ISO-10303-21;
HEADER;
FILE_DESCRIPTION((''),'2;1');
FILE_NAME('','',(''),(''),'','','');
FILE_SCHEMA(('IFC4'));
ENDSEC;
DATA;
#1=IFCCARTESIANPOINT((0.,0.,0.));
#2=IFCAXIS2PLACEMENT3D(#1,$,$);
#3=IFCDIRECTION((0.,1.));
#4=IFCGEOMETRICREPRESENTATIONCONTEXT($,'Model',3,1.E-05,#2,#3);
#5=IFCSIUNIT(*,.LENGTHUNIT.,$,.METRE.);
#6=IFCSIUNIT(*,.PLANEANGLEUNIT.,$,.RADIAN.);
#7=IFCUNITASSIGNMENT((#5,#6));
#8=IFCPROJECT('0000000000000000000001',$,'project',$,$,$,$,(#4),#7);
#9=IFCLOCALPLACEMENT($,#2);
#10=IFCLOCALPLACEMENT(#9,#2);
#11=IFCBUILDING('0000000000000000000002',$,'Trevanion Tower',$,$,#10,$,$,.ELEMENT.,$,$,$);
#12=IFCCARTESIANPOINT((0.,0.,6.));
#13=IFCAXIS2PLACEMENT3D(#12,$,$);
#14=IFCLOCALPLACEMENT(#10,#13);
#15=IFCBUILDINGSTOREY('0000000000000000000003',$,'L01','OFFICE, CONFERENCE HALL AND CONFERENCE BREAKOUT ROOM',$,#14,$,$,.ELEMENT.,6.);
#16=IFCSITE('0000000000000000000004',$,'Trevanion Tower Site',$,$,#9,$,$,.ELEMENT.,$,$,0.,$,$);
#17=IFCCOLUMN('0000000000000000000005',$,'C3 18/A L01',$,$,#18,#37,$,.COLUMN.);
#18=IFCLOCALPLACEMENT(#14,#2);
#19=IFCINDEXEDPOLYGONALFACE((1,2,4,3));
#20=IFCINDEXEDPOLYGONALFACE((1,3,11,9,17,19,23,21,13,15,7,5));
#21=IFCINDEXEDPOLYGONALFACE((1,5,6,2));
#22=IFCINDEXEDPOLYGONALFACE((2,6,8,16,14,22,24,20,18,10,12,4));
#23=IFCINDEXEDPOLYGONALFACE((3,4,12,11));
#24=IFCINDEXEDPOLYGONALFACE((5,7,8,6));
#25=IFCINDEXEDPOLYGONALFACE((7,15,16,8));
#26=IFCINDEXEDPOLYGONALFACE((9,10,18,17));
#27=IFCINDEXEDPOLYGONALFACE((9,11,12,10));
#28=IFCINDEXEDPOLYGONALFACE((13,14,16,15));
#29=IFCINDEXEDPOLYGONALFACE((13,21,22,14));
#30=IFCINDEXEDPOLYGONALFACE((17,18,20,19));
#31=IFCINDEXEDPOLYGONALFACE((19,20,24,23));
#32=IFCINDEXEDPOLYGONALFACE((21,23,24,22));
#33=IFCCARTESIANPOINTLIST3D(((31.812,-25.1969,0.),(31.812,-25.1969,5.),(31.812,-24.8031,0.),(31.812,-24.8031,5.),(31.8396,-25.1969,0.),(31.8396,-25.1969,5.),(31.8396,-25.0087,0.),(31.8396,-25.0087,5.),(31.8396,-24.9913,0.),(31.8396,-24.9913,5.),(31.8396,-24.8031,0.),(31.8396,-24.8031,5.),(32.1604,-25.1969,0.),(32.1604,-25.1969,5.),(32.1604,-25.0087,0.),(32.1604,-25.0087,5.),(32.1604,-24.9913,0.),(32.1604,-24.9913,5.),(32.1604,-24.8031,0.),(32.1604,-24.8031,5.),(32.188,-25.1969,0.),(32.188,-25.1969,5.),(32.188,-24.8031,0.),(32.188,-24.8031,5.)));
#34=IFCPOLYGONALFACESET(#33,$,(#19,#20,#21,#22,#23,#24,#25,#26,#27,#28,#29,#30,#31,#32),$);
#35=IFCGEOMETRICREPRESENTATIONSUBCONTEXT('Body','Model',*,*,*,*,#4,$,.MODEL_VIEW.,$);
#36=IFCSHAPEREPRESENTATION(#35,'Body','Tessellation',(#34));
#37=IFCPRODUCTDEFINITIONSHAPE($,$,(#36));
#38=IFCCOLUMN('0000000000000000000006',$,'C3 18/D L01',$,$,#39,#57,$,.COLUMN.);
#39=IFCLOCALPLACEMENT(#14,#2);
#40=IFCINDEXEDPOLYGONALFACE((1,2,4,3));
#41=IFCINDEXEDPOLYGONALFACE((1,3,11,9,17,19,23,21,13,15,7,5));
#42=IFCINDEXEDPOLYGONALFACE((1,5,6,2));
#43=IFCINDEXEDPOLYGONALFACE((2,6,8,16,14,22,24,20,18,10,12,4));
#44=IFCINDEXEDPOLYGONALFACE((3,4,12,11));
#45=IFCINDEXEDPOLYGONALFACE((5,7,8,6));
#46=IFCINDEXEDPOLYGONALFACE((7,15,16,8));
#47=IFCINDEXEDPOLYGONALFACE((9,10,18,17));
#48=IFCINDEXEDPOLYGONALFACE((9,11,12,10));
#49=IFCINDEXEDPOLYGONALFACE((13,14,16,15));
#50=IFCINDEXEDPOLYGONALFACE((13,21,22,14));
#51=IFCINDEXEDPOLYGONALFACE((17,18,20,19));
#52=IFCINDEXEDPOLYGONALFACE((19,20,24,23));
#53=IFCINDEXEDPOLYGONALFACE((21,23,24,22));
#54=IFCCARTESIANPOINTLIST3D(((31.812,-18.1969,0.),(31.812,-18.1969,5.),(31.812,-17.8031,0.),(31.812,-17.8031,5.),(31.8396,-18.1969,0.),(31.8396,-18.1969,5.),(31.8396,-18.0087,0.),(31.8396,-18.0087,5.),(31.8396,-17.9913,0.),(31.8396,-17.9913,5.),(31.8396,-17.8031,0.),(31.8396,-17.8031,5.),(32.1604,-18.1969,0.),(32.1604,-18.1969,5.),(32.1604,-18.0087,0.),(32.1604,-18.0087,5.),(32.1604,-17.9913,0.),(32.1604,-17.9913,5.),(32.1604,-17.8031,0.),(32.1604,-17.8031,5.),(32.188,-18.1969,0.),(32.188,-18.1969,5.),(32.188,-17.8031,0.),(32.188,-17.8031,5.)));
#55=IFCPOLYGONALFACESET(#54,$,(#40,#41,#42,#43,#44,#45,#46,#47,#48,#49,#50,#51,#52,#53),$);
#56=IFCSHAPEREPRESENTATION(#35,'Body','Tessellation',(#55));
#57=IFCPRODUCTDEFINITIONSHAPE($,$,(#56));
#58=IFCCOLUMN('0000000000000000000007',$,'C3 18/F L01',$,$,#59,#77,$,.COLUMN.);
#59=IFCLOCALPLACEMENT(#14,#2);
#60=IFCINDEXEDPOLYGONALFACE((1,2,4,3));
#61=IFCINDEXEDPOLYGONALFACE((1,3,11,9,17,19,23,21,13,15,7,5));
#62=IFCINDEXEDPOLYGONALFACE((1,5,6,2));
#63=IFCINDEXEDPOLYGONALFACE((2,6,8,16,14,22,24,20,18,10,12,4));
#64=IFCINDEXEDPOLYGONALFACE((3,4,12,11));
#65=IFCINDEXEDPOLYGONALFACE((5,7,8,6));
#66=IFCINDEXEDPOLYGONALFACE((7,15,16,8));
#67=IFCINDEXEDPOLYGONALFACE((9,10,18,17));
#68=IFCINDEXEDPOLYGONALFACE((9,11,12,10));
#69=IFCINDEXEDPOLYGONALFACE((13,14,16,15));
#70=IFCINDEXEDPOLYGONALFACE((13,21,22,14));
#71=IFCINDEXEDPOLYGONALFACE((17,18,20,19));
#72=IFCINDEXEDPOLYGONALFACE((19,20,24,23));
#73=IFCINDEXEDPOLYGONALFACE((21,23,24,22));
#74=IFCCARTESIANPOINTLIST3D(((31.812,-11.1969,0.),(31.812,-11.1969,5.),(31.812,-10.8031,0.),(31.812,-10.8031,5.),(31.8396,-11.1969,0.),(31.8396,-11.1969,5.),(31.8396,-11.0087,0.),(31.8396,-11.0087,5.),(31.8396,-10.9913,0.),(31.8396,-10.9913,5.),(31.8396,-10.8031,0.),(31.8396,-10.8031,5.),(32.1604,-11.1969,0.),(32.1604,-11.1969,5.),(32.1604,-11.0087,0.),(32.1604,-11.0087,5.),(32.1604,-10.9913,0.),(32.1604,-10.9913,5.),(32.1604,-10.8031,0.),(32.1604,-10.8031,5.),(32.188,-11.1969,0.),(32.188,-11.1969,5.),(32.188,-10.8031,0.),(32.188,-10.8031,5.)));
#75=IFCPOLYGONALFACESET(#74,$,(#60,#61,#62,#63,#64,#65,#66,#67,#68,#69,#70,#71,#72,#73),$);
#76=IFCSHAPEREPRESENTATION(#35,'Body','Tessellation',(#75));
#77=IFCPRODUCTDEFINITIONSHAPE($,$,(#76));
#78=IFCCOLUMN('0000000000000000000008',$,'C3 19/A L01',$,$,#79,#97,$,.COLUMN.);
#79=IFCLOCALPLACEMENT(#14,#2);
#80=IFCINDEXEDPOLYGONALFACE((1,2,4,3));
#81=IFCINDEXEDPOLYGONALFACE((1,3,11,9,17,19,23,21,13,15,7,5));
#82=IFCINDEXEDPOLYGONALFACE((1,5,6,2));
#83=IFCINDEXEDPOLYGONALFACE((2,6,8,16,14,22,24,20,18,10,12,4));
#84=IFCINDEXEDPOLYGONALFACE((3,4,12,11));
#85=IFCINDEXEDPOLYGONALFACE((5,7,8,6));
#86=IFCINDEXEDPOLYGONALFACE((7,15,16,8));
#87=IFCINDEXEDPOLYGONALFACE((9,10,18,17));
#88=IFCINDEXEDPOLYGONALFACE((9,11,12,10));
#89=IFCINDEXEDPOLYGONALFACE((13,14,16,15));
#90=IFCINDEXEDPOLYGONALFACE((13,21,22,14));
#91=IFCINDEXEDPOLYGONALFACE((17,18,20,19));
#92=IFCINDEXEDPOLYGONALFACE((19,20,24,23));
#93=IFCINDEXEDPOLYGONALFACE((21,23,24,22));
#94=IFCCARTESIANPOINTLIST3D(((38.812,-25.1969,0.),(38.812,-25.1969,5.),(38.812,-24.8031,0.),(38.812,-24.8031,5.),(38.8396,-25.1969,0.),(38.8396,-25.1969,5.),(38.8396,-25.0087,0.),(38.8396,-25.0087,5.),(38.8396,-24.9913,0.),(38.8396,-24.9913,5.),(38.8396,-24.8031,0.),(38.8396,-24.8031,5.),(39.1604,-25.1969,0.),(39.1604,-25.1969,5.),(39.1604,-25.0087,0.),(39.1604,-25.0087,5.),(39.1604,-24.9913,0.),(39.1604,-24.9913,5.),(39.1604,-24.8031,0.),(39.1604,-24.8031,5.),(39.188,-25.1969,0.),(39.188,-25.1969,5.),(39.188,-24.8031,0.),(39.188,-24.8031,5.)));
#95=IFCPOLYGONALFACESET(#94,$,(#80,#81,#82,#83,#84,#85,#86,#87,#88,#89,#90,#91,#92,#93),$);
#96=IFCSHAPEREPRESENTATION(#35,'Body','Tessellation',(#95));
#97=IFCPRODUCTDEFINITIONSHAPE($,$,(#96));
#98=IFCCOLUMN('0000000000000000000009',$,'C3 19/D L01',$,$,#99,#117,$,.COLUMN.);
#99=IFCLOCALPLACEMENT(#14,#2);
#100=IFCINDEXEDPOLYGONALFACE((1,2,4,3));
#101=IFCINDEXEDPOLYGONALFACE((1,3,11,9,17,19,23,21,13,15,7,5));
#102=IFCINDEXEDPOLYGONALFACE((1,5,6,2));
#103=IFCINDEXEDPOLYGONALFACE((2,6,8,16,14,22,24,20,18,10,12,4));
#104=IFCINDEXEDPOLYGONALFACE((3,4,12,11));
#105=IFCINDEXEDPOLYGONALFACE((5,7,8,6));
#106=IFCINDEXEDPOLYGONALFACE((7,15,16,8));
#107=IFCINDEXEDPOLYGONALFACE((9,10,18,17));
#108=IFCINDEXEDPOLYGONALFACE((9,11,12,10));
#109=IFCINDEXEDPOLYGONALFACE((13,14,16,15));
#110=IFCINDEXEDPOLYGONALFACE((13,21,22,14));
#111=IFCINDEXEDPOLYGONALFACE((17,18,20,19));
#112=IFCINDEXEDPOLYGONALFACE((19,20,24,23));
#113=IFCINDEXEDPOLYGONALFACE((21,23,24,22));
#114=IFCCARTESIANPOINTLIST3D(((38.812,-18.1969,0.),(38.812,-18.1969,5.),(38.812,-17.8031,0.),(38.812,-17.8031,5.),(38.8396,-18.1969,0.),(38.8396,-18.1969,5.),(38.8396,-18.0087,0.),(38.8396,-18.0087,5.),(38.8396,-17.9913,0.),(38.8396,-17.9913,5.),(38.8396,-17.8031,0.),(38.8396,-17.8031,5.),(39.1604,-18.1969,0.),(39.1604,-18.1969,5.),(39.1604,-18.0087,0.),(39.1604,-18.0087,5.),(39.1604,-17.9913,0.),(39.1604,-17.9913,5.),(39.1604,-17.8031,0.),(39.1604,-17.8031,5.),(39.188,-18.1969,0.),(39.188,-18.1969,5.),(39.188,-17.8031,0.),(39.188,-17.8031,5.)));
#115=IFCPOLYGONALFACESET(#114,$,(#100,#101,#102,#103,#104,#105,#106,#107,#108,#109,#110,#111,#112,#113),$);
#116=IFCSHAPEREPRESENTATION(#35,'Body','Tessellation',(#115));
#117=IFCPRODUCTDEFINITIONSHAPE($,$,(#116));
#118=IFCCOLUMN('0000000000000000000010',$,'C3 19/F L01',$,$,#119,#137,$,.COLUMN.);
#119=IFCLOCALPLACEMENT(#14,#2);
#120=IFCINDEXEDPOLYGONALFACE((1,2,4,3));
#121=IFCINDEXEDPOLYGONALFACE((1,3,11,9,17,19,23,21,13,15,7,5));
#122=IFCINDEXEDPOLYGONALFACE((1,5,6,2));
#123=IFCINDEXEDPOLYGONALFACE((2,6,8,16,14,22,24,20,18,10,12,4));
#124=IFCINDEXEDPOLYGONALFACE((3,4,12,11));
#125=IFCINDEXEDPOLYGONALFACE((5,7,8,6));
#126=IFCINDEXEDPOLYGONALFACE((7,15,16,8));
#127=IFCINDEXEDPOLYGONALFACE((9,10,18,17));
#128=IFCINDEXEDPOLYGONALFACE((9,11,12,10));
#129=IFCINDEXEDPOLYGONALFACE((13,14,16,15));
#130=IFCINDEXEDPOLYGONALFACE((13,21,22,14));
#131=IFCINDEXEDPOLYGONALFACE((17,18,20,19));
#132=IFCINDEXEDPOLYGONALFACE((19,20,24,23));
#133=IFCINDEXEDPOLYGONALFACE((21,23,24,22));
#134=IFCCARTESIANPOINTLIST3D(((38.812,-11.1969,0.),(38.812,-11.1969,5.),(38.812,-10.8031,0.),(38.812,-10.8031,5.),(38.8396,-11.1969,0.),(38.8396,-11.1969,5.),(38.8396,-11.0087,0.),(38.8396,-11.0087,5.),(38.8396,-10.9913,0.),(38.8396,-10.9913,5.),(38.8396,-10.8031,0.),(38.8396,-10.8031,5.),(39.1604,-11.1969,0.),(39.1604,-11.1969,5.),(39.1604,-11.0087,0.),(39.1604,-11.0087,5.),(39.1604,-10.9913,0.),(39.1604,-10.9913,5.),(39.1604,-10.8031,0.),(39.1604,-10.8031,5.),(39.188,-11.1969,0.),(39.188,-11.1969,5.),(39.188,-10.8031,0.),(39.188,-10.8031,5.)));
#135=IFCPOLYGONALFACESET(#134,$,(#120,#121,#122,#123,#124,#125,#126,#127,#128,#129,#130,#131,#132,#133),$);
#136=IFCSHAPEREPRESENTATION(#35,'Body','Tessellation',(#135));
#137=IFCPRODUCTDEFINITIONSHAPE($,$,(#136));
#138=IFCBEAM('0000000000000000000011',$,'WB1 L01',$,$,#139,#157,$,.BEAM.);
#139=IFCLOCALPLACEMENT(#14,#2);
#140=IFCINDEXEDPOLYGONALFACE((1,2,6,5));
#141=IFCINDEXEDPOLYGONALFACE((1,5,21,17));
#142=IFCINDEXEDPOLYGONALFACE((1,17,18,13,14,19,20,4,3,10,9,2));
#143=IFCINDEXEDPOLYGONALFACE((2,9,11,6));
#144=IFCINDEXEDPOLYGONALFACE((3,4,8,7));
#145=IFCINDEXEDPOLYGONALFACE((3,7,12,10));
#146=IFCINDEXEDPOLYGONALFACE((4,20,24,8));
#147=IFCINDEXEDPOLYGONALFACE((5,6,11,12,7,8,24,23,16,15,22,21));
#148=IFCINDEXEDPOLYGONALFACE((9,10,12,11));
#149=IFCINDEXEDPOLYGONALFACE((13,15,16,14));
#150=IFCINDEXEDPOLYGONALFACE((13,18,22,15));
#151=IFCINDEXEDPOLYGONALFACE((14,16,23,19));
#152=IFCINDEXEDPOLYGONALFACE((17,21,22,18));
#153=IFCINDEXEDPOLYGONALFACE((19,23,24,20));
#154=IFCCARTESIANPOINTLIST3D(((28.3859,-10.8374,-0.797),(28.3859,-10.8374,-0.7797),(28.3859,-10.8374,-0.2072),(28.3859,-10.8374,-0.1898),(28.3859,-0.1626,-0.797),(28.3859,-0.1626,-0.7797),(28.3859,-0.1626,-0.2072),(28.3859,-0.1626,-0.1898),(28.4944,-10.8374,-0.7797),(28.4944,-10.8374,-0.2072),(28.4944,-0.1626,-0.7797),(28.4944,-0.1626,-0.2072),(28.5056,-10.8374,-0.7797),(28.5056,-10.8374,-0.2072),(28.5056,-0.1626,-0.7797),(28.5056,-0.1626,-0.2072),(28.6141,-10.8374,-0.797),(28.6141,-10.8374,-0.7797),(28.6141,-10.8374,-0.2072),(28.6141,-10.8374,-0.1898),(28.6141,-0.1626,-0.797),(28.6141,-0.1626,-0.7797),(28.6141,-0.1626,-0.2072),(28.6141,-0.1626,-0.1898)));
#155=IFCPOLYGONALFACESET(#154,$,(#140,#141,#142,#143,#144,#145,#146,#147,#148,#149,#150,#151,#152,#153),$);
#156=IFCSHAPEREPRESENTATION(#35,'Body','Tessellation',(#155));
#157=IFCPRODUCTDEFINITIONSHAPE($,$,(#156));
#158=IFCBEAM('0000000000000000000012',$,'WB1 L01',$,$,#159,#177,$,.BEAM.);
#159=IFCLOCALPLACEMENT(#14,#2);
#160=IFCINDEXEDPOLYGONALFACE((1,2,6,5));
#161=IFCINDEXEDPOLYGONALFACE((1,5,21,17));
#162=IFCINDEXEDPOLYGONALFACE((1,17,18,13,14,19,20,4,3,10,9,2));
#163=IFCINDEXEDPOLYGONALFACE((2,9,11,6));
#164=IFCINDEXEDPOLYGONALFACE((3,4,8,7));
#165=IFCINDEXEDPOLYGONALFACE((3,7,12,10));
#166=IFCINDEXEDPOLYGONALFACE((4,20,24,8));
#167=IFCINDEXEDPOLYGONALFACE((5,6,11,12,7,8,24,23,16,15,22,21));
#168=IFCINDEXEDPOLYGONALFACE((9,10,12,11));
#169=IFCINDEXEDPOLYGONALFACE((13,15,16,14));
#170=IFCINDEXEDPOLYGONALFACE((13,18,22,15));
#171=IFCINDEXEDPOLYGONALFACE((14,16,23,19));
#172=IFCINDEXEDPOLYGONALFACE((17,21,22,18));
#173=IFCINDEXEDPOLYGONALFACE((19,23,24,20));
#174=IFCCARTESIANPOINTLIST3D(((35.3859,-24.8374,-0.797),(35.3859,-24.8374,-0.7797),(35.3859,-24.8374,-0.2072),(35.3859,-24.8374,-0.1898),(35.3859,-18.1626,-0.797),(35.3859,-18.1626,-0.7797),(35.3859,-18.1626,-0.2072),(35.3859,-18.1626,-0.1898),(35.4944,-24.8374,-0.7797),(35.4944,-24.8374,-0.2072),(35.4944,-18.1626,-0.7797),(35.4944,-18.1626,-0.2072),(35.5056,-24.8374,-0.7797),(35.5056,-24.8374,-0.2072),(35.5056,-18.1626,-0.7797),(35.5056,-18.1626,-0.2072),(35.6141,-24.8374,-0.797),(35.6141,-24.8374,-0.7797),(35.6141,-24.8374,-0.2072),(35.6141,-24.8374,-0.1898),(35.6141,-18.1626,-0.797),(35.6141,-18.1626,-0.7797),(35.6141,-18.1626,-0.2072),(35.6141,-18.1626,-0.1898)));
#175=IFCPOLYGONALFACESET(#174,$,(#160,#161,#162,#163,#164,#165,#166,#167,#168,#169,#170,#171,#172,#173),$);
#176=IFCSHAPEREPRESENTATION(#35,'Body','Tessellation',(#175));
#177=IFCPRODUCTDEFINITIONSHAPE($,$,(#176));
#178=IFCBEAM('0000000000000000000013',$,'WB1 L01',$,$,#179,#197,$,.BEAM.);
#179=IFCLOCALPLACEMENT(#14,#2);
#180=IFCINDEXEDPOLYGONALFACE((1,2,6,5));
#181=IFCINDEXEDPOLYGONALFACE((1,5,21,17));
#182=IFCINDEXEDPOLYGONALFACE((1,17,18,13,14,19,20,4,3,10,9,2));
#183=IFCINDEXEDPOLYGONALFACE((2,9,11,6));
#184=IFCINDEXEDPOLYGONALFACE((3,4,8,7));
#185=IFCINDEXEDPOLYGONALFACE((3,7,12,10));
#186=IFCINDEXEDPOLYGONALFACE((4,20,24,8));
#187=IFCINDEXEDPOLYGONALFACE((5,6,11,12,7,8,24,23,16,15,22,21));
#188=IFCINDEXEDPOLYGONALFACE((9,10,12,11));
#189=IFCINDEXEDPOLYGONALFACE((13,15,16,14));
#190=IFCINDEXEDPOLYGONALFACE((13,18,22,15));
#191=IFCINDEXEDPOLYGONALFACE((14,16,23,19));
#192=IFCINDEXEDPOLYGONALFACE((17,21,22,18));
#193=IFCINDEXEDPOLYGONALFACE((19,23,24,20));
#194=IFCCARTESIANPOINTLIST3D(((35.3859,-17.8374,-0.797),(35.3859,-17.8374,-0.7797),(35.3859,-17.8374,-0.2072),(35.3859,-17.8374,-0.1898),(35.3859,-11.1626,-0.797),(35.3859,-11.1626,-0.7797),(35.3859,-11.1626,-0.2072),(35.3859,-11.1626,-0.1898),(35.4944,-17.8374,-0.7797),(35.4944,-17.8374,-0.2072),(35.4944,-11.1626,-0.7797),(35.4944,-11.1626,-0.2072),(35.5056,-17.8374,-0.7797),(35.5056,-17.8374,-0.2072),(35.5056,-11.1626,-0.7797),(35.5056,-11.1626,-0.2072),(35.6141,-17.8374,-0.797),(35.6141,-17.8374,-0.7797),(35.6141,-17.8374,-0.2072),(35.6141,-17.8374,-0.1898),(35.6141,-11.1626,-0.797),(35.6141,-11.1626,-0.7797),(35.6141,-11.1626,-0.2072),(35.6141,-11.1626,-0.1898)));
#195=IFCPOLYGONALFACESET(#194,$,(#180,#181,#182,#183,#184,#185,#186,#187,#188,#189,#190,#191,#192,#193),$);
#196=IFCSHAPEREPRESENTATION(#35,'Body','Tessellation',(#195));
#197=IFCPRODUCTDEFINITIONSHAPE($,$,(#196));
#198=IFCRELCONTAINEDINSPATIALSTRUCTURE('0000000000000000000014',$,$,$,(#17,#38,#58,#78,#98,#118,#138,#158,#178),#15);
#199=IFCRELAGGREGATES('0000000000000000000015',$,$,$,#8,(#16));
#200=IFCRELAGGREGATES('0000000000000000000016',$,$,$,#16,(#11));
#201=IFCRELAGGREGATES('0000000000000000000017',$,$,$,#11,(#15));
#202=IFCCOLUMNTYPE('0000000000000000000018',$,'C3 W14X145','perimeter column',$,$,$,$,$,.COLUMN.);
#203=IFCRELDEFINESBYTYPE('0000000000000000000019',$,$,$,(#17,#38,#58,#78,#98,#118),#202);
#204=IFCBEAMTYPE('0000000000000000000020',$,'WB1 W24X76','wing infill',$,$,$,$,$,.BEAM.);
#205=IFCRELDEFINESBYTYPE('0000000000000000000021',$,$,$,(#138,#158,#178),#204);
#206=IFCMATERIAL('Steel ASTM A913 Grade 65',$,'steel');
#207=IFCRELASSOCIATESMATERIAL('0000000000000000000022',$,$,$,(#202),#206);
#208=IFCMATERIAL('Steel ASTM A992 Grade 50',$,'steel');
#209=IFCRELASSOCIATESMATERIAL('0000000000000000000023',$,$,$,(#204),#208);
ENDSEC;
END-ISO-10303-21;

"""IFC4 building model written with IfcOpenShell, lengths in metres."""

from ifc_helpers import new_model, si_unit, direction, frame, origin, origin_2d, place, context, subcontext, project, spatial, i_section, extrude, material, material_profile, profile_set, type_object, element, save


model = new_model("IFC4")

# Units and contexts
model_context = context("Model", 3, precision=1e-05, world=origin(), true_north=direction((0.0, 1.0)))
body_context = subcontext(model_context, "Body", "Model", "MODEL_VIEW")
ifc_project = project(units=[si_unit("LENGTHUNIT", "METRE"), si_unit("PLANEANGLEUNIT", "RADIAN")], contexts=[model_context])

# Site, building, storey
site_placement = place(None, origin())
site = spatial("IfcSite", under=ifc_project, at=site_placement, Name="Trevanion Tower Site", CompositionType="ELEMENT", RefElevation=0.0)
building_placement = place(site_placement, origin())
building = spatial("IfcBuilding", under=site, at=building_placement, Name="Trevanion Tower", CompositionType="ELEMENT")
storey_placement = place(building_placement, frame((0.0, 0.0, 6.0)))
storey = spatial("IfcBuildingStorey", under=building, at=storey_placement, Name="L01", Description="OFFICE, CONFERENCE HALL AND CONFERENCE BREAKOUT ROOM", CompositionType="ELEMENT", Elevation=6.0)

# Columns
ifc_material_1 = material(Name="Steel ASTM A913 Grade 65", Category="steel")
ifc_material_profile_1 = material_profile(ifc_material_1, i_section(OverallWidth=0.3938, OverallDepth=0.376, WebThickness=0.0173, FlangeThickness=0.0276, at=origin_2d()), Name="W14X145")
ifc_profile_set_1 = profile_set([ifc_material_profile_1], Name="Steel ASTM A913 Grade 65")
column_type = type_object("IfcColumnType", Name="C3 W14X145", Description="perimeter column", PredefinedType="COLUMN", material=ifc_profile_set_1)
for number, where, z_axis, x_axis, name in (
    (1, (32.0, -25.0, 0.0), (0.0, 0.0, 1.0), (0.0, 1.0, 0.0), "C3 18/A L01"),
    (2, (32.0, -18.0, 0.0), (0.0, 0.0, 1.0), (0.0, 1.0, 0.0), "C3 18/D L01"),
    (3, (32.0, -11.0, 0.0), (0.0, 0.0, 1.0), (0.0, 1.0, 0.0), "C3 18/F L01"),
    (4, (39.0, -25.0, 0.0), (0.0, 0.0, 1.0), (0.0, 1.0, 0.0), "C3 19/A L01"),
    (5, (39.0, -18.0, 0.0), (0.0, 0.0, 1.0), (0.0, 1.0, 0.0), "C3 19/D L01"),
    (6, (39.0, -11.0, 0.0), (0.0, 0.0, 1.0), (0.0, 1.0, 0.0), "C3 19/F L01"),
):
    element("IfcColumn", number, at=place(storey_placement, frame(where, z_axis=z_axis, x_axis=x_axis)), inside=storey, type_object=column_type, Name=name, PredefinedType="COLUMN", context=body_context, shape_type="SweptSolid", body=[
        extrude(i_section(OverallWidth=0.3938, OverallDepth=0.376, WebThickness=0.0173, FlangeThickness=0.0276, at=origin_2d()), origin(), (0.0, 0.0, 1.0), 5.0),
    ])

# Beams
ifc_material_2 = material(Name="Steel ASTM A992 Grade 50", Category="steel")
ifc_material_profile_2 = material_profile(ifc_material_2, i_section(OverallWidth=0.2283, OverallDepth=0.6072, WebThickness=0.0112, FlangeThickness=0.0173, at=origin_2d()), Name="W24X76")
ifc_profile_set_2 = profile_set([ifc_material_profile_2], Name="Steel ASTM A992 Grade 50")
beam_type_1 = type_object("IfcBeamType", Name="WB1 W24X76", Description="wing infill", PredefinedType="BEAM", material=ifc_profile_set_2)
beam_1_placement = place(storey_placement, frame((28.5, -10.8374, -0.4934), z_axis=(0.0, 1.0, 0.0), x_axis=(-1.0, 0.0, 0.0)))
element("IfcBeam", 7, at=beam_1_placement, inside=storey, type_object=beam_type_1, Name="WB1 L01", PredefinedType="BEAM", context=body_context, shape_type="SweptSolid", body=[
    extrude(i_section(OverallWidth=0.2283, OverallDepth=0.6072, WebThickness=0.0112, FlangeThickness=0.0173, at=origin_2d()), origin(), (0.0, 0.0, 1.0), 10.6748),
])
for number, where, z_axis, x_axis, name in (
    (8, (35.5, -24.8374, -0.4934), (0.0, 1.0, 0.0), (-1.0, 0.0, 0.0), "WB1 L01"),
    (9, (35.5, -17.8374, -0.4934), (0.0, 1.0, 0.0), (-1.0, 0.0, 0.0), "WB1 L01"),
):
    element("IfcBeam", number, at=place(storey_placement, frame(where, z_axis=z_axis, x_axis=x_axis)), inside=storey, type_object=beam_type_1, Name=name, PredefinedType="BEAM", context=body_context, shape_type="SweptSolid", body=[
        extrude(i_section(OverallWidth=0.2283, OverallDepth=0.6072, WebThickness=0.0112, FlangeThickness=0.0173, at=origin_2d()), origin(), (0.0, 0.0, 1.0), 6.6748),
    ])

save(model, "model.ifc")
